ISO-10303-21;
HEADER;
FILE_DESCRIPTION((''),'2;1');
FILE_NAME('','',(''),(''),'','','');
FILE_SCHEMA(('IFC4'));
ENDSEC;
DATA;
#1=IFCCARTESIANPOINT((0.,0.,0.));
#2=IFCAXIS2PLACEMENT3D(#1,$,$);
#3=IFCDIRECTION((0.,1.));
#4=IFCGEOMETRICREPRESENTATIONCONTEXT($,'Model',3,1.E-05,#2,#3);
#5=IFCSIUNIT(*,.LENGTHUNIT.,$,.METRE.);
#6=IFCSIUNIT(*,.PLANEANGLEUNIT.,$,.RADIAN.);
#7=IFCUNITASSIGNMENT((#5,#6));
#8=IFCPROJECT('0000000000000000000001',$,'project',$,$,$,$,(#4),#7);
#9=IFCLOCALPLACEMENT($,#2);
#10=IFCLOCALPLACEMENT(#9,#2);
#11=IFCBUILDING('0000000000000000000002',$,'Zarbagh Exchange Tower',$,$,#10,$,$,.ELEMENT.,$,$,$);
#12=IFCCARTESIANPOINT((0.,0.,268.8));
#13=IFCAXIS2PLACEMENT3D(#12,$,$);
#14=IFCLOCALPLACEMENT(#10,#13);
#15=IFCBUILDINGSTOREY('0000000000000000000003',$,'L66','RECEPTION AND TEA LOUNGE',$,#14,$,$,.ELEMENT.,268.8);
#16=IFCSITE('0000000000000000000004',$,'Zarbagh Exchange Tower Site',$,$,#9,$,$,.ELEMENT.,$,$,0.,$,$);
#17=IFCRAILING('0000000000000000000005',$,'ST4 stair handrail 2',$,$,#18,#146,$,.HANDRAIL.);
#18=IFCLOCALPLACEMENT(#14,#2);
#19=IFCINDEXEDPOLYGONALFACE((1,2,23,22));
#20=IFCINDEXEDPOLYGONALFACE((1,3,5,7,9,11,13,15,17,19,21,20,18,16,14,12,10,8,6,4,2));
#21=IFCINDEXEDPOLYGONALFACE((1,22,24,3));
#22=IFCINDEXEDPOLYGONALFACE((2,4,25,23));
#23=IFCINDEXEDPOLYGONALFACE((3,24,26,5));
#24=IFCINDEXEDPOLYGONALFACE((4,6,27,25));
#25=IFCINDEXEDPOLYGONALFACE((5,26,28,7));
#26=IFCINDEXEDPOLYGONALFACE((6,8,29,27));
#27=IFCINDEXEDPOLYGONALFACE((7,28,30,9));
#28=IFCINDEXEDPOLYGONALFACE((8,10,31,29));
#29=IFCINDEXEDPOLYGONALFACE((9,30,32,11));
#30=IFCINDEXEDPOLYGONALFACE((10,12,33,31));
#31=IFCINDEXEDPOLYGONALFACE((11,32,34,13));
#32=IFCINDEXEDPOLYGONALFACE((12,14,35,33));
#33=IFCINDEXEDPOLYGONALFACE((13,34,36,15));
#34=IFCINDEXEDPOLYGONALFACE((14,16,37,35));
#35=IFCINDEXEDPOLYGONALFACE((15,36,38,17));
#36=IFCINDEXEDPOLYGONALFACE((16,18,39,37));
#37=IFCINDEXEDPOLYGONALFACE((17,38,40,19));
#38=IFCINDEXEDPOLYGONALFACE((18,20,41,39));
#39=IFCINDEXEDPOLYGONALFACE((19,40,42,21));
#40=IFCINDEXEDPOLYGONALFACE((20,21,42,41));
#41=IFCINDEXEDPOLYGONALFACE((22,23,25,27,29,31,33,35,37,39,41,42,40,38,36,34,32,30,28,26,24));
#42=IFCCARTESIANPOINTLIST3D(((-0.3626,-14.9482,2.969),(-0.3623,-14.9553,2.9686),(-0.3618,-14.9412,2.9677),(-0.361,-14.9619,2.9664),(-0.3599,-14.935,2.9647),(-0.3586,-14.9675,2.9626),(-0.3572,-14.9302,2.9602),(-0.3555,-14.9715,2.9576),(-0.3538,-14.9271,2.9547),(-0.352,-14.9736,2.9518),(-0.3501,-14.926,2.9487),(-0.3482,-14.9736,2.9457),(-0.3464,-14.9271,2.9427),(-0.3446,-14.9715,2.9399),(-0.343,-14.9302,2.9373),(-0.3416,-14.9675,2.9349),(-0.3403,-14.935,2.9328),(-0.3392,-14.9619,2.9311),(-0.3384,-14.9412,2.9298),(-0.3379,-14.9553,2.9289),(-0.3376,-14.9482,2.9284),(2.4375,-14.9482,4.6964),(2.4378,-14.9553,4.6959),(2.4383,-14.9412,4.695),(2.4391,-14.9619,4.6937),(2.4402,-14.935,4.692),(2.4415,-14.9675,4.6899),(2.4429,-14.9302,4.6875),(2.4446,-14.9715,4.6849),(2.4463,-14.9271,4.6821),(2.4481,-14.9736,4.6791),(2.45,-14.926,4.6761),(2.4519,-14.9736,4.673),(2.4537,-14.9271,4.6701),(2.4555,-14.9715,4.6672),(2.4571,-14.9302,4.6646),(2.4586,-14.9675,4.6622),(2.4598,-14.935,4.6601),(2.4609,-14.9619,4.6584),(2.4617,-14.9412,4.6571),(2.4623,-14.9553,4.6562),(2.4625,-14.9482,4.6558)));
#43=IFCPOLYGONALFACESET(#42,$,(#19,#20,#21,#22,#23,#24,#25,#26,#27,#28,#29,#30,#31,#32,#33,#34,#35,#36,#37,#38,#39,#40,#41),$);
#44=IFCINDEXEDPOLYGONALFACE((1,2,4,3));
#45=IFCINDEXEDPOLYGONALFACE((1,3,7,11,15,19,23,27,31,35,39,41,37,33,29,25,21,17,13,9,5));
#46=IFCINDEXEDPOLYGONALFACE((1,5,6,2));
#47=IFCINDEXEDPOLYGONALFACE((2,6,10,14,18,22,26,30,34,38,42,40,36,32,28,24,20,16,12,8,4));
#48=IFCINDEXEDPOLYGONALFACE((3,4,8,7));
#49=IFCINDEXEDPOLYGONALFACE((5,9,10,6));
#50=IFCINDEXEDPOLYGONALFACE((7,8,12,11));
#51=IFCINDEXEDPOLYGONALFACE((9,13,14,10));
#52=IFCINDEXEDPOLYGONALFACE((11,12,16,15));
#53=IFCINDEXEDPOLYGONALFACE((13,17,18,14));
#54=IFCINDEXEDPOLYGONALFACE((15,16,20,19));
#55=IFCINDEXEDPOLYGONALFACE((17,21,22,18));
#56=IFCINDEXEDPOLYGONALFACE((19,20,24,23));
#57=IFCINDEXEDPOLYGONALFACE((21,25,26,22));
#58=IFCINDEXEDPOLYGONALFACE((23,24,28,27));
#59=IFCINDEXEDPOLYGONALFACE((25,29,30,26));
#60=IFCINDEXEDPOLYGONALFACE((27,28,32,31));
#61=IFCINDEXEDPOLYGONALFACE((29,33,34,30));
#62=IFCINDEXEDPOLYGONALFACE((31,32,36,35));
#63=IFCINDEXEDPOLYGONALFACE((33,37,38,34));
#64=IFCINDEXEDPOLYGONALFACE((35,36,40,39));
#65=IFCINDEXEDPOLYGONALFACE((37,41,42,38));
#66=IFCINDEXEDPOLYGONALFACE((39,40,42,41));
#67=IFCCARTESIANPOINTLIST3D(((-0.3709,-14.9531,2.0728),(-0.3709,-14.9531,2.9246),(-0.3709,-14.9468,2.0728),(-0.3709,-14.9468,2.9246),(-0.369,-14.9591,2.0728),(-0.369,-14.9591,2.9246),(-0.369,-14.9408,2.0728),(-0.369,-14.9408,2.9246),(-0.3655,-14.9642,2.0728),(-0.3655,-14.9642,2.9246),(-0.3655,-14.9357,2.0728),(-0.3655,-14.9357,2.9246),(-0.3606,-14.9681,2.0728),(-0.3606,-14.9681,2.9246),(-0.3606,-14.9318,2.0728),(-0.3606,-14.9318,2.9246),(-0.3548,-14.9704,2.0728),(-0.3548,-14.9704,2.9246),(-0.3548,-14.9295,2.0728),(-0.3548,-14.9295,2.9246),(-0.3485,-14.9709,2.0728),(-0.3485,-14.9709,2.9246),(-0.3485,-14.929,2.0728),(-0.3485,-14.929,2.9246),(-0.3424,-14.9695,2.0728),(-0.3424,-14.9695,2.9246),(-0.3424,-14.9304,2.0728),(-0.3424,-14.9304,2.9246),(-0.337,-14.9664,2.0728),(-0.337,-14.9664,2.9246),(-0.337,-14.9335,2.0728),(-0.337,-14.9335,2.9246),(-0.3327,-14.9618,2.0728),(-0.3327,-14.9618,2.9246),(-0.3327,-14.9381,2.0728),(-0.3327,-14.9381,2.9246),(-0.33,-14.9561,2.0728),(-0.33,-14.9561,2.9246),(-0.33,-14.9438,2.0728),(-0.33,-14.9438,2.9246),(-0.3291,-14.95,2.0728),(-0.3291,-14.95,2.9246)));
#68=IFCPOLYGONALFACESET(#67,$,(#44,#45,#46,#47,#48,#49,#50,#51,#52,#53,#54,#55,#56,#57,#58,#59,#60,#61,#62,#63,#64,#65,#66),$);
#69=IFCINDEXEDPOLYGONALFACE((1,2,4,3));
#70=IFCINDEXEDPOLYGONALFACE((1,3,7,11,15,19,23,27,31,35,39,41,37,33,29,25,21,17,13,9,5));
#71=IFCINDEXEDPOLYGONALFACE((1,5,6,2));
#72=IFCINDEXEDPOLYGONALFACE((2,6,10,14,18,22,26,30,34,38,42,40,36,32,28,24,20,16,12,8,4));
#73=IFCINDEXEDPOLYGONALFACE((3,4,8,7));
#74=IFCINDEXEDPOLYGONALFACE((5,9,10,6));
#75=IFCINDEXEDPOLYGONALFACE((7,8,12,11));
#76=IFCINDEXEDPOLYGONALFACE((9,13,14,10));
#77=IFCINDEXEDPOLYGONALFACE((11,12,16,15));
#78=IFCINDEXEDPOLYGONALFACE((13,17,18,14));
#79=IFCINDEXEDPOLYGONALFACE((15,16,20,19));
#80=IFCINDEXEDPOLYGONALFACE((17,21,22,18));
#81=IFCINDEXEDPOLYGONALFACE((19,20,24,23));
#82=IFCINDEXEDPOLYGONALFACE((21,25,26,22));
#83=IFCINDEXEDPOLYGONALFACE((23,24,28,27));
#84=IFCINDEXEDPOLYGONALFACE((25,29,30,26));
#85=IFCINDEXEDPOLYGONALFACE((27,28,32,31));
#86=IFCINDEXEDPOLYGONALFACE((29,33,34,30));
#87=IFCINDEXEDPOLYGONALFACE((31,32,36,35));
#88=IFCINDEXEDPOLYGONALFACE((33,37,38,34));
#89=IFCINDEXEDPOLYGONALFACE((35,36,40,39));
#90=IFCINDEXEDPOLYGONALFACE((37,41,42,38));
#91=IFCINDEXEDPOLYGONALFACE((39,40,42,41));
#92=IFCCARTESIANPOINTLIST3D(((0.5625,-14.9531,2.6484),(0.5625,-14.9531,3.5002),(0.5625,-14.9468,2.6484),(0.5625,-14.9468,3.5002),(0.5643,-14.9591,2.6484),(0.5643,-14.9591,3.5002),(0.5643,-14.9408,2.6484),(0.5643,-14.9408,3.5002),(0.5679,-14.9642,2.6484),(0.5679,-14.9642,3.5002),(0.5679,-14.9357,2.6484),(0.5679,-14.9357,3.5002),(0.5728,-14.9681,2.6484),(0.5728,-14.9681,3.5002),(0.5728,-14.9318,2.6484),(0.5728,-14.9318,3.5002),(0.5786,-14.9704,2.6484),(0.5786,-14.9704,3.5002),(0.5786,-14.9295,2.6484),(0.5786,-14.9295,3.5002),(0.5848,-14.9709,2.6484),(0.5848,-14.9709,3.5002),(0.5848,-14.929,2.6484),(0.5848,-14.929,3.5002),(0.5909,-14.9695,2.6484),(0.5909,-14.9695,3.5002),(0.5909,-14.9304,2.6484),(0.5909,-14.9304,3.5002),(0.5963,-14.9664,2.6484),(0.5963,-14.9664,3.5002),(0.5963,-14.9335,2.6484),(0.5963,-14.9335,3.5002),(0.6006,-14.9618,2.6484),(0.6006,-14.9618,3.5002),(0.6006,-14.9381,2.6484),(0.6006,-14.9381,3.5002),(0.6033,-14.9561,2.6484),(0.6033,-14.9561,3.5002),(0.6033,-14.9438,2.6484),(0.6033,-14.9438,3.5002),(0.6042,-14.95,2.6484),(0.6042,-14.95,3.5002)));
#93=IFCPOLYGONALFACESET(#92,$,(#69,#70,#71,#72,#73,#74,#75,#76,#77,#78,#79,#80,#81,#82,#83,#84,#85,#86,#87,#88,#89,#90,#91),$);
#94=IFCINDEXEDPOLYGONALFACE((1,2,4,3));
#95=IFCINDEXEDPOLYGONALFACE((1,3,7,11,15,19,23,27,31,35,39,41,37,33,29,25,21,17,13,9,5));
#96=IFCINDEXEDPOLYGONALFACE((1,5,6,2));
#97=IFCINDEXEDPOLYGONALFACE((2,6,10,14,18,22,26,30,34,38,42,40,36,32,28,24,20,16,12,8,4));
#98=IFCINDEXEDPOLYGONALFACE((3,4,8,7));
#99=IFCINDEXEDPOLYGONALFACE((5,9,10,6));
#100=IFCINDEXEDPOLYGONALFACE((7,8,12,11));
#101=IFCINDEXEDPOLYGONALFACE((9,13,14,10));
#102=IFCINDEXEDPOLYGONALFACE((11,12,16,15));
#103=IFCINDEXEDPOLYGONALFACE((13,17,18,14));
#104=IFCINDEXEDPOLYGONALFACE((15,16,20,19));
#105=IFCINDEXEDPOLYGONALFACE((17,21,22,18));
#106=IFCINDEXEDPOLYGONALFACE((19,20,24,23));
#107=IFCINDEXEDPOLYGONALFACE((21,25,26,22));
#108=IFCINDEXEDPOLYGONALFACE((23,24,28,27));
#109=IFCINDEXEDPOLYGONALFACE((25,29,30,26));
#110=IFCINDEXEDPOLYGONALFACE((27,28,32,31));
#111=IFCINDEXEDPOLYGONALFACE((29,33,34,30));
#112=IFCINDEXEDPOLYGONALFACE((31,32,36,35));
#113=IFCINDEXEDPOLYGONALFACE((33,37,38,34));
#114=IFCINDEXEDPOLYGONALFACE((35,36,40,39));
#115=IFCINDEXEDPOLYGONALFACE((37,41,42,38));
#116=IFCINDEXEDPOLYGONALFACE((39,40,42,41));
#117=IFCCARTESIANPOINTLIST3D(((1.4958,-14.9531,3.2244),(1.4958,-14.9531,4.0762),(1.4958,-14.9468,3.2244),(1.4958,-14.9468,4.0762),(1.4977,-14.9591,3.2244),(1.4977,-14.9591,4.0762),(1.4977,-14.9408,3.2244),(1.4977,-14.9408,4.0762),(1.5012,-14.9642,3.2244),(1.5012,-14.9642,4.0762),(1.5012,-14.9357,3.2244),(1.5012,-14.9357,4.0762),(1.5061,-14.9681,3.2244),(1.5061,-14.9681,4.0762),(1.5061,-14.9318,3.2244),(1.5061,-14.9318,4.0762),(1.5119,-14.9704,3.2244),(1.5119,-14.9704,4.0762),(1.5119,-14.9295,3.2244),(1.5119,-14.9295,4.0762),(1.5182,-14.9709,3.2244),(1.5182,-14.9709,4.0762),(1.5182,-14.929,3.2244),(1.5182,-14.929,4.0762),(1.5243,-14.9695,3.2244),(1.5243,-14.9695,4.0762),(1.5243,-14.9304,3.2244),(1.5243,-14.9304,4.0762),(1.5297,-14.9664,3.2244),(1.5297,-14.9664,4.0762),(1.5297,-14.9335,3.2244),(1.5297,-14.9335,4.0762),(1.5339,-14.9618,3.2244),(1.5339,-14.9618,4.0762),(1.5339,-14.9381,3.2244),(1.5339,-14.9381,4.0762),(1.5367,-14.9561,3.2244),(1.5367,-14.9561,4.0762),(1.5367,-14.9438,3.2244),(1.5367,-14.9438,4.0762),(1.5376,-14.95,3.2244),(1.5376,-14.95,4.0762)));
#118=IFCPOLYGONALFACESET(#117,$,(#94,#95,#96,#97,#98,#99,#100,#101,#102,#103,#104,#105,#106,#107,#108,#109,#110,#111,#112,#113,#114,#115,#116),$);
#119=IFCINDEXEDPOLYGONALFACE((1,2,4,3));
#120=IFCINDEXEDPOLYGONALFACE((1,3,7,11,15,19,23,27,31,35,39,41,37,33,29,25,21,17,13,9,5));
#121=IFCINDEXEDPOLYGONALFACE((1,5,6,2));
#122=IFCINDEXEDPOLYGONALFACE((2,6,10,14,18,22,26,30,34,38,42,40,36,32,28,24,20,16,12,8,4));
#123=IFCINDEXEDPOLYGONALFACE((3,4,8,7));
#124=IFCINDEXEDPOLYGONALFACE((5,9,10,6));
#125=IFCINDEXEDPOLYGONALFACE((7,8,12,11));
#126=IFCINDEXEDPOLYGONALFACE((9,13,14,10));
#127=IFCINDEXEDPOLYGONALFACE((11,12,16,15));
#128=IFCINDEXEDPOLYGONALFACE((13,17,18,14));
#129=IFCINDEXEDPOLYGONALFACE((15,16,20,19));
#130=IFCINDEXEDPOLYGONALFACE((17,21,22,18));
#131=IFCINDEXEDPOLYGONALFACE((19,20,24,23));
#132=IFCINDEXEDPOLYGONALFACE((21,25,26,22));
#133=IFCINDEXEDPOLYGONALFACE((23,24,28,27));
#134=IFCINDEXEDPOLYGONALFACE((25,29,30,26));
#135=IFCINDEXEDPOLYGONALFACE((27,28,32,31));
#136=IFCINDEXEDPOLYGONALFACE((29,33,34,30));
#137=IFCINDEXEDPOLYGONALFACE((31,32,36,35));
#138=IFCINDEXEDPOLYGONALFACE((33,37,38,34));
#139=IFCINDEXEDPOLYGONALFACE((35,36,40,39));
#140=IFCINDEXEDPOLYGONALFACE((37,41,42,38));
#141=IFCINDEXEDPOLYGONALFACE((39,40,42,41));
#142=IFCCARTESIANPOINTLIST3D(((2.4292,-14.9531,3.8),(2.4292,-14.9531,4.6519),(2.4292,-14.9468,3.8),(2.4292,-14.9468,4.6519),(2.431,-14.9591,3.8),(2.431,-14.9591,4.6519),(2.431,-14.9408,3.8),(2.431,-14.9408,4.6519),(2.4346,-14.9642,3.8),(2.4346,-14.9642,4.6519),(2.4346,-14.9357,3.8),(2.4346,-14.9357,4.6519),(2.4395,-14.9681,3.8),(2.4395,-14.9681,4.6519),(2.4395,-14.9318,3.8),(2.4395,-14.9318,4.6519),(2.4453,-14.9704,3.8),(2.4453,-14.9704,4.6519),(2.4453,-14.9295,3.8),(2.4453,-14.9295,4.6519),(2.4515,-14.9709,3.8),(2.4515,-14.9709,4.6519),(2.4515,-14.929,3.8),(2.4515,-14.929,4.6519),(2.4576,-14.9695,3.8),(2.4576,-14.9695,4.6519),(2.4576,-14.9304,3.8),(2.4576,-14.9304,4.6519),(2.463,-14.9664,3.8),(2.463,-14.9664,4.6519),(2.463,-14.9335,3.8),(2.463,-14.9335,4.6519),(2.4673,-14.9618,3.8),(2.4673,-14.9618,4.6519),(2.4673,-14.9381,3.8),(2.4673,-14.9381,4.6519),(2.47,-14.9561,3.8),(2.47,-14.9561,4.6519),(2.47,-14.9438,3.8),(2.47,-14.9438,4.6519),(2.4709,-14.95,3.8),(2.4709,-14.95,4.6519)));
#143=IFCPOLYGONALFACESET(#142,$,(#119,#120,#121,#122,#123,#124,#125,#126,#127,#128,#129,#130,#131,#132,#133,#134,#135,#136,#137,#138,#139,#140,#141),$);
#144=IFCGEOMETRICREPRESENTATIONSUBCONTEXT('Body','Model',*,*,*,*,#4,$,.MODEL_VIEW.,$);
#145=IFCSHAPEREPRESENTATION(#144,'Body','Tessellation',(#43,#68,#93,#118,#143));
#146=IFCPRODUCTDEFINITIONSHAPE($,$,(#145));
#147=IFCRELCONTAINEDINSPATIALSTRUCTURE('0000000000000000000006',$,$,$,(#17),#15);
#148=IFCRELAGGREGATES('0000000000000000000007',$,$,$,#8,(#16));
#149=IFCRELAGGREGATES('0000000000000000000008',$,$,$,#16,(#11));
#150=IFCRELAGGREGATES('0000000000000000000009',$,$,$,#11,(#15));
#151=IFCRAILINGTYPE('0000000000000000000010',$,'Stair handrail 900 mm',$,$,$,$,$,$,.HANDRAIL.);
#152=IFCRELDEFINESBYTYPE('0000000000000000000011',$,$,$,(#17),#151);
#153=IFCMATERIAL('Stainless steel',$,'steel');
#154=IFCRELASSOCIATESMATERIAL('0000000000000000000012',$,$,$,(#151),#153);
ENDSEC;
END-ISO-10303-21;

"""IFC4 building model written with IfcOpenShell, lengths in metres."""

from ifc_helpers import new_model, si_unit, direction, frame, origin, origin_2d, place, context, subcontext, project, spatial, circle, extrude, material, type_object, element, save


model = new_model("IFC4")

# Units and contexts
model_context = context("Model", 3, precision=1e-05, world=origin(), true_north=direction((0.0, 1.0)))
body_context = subcontext(model_context, "Body", "Model", "MODEL_VIEW")
ifc_project = project(units=[si_unit("LENGTHUNIT", "METRE"), si_unit("PLANEANGLEUNIT", "RADIAN")], contexts=[model_context])

# Site, building, storey
site_placement = place(None, origin())
site = spatial("IfcSite", under=ifc_project, at=site_placement, Name="Zarbagh Exchange Tower Site", CompositionType="ELEMENT", RefElevation=0.0)
building_placement = place(site_placement, origin())
building = spatial("IfcBuilding", under=site, at=building_placement, Name="Zarbagh Exchange Tower", CompositionType="ELEMENT")
storey_placement = place(building_placement, frame((0.0, 0.0, 268.8)))
storey = spatial("IfcBuildingStorey", under=building, at=storey_placement, Name="L66", Description="RECEPTION AND TEA LOUNGE", CompositionType="ELEMENT", Elevation=268.8)

# Shared definitions
ifc_material_1 = material(Name="Stainless steel", Category="steel")

# Railing
railing_type_1 = type_object("IfcRailingType", Name="Stair handrail 900 mm", PredefinedType="HANDRAIL", material=ifc_material_1)
railing_1_placement = place(storey_placement, frame((-0.3501, -14.95, 2.0728)))
element("IfcRailing", 1, at=railing_1_placement, inside=storey, type_object=railing_type_1, Name="ST4 stair handrail 2", PredefinedType="HANDRAIL", context=body_context, shape_type="SweptSolid", body=[
    extrude(circle(Radius=0.0239, at=origin_2d()), frame((0.0, 0.0, 0.876), z_axis=(0.85109, 0.0, 0.52502), x_axis=(0.0, 1.0, 0.0)), (0.0, 0.0, 1.0), 3.29),
    extrude(circle(Radius=0.021, at=origin_2d()), origin(), (0.0, 0.0, 1.0), 0.8518),
    extrude(circle(Radius=0.021, at=origin_2d()), frame((0.9333, 0.0, 0.5757)), (0.0, 0.0, 1.0), 0.8518),
    extrude(circle(Radius=0.021, at=origin_2d()), frame((1.8667, 0.0, 1.1516)), (0.0, 0.0, 1.0), 0.8518),
    extrude(circle(Radius=0.021, at=origin_2d()), frame((2.8, 0.0, 1.7273)), (0.0, 0.0, 1.0), 0.8518),
])

save(model, "model.ifc")
